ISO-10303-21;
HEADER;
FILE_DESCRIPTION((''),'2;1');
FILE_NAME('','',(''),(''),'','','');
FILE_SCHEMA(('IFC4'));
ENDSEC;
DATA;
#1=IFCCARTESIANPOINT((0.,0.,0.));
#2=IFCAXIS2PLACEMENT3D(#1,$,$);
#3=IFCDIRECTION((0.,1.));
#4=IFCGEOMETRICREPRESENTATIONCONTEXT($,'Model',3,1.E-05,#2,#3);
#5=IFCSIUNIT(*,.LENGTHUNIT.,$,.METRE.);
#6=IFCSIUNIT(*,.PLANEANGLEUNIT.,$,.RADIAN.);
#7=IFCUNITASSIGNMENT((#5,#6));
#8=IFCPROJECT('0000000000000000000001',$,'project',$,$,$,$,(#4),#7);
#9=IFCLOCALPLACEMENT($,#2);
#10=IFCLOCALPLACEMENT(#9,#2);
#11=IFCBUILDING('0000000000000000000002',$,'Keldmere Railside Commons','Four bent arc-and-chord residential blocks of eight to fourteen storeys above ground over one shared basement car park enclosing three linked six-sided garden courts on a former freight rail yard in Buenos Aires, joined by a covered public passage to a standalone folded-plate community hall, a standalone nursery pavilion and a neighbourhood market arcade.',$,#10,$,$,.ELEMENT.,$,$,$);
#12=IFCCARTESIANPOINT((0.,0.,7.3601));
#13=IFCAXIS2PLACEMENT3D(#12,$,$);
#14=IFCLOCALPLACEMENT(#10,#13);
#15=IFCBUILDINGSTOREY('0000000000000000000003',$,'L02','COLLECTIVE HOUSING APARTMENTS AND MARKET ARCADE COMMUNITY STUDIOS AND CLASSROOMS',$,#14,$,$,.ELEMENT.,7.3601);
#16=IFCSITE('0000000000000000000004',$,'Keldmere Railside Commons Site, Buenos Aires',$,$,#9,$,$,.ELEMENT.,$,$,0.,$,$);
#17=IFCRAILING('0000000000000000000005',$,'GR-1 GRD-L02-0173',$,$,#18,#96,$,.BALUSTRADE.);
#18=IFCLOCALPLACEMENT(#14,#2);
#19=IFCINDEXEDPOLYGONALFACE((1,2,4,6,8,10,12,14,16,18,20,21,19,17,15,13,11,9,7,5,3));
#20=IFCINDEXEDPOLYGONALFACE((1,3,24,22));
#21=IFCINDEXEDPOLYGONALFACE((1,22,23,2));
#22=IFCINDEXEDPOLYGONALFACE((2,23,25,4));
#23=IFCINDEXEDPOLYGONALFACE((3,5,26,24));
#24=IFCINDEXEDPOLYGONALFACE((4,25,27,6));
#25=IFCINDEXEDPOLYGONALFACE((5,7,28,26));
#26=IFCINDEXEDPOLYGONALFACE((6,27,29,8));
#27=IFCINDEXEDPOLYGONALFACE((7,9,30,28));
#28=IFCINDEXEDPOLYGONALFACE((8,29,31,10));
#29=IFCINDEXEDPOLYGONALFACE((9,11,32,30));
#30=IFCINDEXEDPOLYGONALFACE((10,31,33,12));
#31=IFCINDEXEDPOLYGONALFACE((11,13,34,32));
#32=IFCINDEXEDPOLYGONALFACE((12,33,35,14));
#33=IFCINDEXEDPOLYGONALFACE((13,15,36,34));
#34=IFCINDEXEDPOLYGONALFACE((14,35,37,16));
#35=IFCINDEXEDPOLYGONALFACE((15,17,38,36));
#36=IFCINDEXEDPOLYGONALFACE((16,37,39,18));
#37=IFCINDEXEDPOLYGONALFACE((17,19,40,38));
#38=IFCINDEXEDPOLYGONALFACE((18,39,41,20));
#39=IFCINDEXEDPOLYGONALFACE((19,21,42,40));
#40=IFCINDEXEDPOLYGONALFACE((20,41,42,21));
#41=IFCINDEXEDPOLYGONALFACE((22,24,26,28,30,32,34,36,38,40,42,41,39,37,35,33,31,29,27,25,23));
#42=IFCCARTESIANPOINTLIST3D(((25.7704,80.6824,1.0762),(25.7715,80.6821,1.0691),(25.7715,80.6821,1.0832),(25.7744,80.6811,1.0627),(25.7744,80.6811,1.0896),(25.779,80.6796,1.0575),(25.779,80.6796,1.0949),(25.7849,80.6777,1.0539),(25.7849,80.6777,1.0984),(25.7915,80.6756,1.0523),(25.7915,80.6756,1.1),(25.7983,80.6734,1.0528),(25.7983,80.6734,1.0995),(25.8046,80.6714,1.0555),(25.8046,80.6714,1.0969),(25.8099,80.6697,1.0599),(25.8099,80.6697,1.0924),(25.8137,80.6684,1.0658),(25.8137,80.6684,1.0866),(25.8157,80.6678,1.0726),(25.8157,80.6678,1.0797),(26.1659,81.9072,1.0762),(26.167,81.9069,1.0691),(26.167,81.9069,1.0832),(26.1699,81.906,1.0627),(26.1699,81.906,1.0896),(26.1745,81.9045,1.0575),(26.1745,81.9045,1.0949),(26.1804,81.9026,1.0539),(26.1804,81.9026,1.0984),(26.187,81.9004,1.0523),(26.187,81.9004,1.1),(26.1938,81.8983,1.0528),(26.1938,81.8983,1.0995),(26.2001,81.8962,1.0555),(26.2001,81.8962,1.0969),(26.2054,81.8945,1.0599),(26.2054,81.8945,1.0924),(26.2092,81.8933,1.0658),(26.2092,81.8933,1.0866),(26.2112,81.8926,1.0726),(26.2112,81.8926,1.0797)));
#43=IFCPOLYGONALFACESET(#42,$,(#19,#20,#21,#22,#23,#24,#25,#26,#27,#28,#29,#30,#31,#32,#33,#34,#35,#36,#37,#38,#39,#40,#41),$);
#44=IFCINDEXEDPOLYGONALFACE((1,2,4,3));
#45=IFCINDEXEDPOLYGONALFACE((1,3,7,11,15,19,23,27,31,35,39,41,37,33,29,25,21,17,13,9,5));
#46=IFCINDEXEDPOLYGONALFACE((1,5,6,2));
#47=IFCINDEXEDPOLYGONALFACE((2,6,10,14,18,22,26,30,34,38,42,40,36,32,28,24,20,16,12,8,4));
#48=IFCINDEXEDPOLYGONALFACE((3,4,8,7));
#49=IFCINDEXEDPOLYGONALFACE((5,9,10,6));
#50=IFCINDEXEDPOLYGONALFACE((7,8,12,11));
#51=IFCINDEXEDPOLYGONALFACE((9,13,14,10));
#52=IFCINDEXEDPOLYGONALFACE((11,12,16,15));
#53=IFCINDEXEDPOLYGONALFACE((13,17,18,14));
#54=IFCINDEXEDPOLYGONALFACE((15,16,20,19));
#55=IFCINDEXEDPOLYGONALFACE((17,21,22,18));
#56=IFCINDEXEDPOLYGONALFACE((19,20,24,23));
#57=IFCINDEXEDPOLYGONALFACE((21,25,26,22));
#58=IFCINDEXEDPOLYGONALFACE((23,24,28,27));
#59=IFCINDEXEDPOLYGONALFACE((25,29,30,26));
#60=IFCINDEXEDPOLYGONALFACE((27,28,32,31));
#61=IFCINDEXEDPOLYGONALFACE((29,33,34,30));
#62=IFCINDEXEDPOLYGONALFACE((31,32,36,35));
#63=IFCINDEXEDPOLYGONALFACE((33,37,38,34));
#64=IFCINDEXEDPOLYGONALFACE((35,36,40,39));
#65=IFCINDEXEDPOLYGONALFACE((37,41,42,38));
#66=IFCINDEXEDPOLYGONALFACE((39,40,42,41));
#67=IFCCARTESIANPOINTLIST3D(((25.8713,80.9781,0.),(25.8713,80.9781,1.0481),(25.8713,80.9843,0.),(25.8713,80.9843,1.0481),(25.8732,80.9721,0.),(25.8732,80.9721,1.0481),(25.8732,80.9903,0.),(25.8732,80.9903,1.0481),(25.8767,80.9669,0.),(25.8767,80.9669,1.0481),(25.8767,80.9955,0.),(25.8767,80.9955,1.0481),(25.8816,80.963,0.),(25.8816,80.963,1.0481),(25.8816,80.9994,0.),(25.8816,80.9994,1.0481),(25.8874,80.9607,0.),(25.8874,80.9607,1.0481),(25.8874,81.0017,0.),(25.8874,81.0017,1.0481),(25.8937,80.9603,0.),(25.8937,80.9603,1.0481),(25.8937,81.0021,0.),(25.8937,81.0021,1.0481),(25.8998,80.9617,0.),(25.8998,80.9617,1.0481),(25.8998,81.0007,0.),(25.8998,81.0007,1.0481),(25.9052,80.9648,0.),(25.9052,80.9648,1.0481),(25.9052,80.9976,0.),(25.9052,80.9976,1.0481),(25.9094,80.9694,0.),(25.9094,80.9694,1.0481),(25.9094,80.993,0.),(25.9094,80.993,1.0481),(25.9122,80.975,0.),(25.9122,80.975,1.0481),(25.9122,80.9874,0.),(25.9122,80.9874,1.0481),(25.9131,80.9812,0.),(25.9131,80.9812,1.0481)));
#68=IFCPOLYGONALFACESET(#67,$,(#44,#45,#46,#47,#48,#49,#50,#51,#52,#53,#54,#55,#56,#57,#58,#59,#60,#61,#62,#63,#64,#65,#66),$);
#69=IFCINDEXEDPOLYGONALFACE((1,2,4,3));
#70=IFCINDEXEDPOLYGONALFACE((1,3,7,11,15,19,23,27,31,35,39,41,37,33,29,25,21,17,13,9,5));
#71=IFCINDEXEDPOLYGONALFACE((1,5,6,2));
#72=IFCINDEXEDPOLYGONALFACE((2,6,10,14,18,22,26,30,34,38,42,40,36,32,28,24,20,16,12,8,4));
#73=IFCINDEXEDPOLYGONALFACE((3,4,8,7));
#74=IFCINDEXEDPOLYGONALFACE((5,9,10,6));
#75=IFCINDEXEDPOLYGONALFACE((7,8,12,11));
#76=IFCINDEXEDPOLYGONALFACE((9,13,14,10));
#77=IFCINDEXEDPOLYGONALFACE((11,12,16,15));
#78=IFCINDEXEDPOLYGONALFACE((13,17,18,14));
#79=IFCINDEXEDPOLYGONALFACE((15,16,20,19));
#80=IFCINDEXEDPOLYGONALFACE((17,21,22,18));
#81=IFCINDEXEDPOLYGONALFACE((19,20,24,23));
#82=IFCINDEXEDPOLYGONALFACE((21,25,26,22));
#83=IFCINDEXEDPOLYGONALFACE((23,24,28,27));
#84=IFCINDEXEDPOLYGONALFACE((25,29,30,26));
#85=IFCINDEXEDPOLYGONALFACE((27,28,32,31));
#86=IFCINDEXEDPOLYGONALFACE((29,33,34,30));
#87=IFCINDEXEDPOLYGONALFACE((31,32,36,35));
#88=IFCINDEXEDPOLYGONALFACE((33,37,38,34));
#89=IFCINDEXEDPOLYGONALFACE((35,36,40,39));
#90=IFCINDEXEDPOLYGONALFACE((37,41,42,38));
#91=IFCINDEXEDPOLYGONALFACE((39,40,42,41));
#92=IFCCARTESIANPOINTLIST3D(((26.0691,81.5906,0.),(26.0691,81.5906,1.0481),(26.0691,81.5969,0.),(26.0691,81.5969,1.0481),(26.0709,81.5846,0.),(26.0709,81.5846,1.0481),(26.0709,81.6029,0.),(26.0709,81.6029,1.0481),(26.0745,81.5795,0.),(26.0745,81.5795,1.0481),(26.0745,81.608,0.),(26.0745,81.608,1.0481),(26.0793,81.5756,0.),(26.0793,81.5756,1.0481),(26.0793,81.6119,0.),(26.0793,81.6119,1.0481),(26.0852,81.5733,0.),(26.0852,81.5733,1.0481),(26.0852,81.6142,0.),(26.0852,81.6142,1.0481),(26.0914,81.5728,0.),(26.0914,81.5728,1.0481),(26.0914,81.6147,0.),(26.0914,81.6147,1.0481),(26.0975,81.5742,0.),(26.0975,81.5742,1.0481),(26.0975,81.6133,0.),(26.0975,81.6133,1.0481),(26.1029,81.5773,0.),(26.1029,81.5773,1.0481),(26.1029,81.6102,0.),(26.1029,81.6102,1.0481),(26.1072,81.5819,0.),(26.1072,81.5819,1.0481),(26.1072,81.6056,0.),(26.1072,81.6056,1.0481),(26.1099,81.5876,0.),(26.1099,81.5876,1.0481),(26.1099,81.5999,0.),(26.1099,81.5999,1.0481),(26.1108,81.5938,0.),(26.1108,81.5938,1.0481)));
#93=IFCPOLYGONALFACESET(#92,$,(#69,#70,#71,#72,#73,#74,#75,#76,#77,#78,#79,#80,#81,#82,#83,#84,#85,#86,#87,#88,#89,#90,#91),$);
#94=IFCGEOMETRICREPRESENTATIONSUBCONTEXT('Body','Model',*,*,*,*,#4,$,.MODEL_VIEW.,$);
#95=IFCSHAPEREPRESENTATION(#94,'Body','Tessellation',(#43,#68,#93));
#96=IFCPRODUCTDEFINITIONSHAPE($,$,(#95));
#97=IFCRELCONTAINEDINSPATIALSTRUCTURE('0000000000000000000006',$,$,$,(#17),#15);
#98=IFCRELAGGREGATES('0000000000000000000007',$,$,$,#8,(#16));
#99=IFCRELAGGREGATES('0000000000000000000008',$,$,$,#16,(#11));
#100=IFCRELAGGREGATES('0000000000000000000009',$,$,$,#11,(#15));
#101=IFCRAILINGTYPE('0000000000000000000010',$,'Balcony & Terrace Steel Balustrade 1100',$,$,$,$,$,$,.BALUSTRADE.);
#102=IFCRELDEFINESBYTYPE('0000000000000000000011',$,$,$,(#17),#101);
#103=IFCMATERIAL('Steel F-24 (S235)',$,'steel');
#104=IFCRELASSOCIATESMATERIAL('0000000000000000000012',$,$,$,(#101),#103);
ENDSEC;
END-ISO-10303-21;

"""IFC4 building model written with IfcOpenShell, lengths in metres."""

from ifc_helpers import new_model, si_unit, direction, frame, origin, origin_2d, place, context, subcontext, project, spatial, circle, extrude, material, type_object, element, save


model = new_model("IFC4")

# Units and contexts
model_context = context("Model", 3, precision=1e-05, world=origin(), true_north=direction((0.0, 1.0)))
body_context = subcontext(model_context, "Body", "Model", "MODEL_VIEW")
ifc_project = project(units=[si_unit("LENGTHUNIT", "METRE"), si_unit("PLANEANGLEUNIT", "RADIAN")], contexts=[model_context])

# Site, building, storey
site_placement = place(None, origin())
site = spatial("IfcSite", under=ifc_project, at=site_placement, Name="Keldmere Railside Commons Site, Buenos Aires", CompositionType="ELEMENT", RefElevation=0.0)
building_placement = place(site_placement, origin())
building = spatial("IfcBuilding", under=site, at=building_placement, Name="Keldmere Railside Commons", Description="Four bent arc-and-chord residential blocks of eight to fourteen storeys above ground over one shared basement car park enclosing three linked six-sided garden courts on a former freight rail yard in Buenos Aires, joined by a covered public passage to a standalone folded-plate community hall, a standalone nursery pavilion and a neighbourhood market arcade.", CompositionType="ELEMENT")
storey_placement = place(building_placement, frame((0.0, 0.0, 7.3601)))
storey = spatial("IfcBuildingStorey", under=building, at=storey_placement, Name="L02", Description="COLLECTIVE HOUSING APARTMENTS AND MARKET ARCADE COMMUNITY STUDIOS AND CLASSROOMS", CompositionType="ELEMENT", Elevation=7.3601)

# Railing
ifc_material_1 = material(Name="Steel F-24 (S235)", Category="steel")
railing_type = type_object("IfcRailingType", Name="Balcony & Terrace Steel Balustrade 1100", PredefinedType="BALUSTRADE", material=ifc_material_1)
railing_1_placement = place(storey_placement, frame((25.7932, 80.675, 0.0)))
element("IfcRailing", 1, at=railing_1_placement, inside=storey, type_object=railing_type, Name="GR-1 GRD-L02-0173", PredefinedType="BALUSTRADE", context=body_context, shape_type="SweptSolid", body=[
    extrude(circle(Radius=0.0239, at=origin_2d()), frame((0.0, 0.0, 1.0762), z_axis=(0.30728, 0.951619, 0.0), x_axis=(-0.951619, 0.30728, 0.0)), (0.0, 0.0, 1.0), 1.2871),
    extrude(circle(Radius=0.021, at=origin_2d()), frame((0.0989, 0.3062, 0.0)), (0.0, 0.0, 1.0), 1.0481),
    extrude(circle(Radius=0.021, at=origin_2d()), frame((0.2966, 0.9187, 0.0)), (0.0, 0.0, 1.0), 1.0481),
])

save(model, "model.ifc")
